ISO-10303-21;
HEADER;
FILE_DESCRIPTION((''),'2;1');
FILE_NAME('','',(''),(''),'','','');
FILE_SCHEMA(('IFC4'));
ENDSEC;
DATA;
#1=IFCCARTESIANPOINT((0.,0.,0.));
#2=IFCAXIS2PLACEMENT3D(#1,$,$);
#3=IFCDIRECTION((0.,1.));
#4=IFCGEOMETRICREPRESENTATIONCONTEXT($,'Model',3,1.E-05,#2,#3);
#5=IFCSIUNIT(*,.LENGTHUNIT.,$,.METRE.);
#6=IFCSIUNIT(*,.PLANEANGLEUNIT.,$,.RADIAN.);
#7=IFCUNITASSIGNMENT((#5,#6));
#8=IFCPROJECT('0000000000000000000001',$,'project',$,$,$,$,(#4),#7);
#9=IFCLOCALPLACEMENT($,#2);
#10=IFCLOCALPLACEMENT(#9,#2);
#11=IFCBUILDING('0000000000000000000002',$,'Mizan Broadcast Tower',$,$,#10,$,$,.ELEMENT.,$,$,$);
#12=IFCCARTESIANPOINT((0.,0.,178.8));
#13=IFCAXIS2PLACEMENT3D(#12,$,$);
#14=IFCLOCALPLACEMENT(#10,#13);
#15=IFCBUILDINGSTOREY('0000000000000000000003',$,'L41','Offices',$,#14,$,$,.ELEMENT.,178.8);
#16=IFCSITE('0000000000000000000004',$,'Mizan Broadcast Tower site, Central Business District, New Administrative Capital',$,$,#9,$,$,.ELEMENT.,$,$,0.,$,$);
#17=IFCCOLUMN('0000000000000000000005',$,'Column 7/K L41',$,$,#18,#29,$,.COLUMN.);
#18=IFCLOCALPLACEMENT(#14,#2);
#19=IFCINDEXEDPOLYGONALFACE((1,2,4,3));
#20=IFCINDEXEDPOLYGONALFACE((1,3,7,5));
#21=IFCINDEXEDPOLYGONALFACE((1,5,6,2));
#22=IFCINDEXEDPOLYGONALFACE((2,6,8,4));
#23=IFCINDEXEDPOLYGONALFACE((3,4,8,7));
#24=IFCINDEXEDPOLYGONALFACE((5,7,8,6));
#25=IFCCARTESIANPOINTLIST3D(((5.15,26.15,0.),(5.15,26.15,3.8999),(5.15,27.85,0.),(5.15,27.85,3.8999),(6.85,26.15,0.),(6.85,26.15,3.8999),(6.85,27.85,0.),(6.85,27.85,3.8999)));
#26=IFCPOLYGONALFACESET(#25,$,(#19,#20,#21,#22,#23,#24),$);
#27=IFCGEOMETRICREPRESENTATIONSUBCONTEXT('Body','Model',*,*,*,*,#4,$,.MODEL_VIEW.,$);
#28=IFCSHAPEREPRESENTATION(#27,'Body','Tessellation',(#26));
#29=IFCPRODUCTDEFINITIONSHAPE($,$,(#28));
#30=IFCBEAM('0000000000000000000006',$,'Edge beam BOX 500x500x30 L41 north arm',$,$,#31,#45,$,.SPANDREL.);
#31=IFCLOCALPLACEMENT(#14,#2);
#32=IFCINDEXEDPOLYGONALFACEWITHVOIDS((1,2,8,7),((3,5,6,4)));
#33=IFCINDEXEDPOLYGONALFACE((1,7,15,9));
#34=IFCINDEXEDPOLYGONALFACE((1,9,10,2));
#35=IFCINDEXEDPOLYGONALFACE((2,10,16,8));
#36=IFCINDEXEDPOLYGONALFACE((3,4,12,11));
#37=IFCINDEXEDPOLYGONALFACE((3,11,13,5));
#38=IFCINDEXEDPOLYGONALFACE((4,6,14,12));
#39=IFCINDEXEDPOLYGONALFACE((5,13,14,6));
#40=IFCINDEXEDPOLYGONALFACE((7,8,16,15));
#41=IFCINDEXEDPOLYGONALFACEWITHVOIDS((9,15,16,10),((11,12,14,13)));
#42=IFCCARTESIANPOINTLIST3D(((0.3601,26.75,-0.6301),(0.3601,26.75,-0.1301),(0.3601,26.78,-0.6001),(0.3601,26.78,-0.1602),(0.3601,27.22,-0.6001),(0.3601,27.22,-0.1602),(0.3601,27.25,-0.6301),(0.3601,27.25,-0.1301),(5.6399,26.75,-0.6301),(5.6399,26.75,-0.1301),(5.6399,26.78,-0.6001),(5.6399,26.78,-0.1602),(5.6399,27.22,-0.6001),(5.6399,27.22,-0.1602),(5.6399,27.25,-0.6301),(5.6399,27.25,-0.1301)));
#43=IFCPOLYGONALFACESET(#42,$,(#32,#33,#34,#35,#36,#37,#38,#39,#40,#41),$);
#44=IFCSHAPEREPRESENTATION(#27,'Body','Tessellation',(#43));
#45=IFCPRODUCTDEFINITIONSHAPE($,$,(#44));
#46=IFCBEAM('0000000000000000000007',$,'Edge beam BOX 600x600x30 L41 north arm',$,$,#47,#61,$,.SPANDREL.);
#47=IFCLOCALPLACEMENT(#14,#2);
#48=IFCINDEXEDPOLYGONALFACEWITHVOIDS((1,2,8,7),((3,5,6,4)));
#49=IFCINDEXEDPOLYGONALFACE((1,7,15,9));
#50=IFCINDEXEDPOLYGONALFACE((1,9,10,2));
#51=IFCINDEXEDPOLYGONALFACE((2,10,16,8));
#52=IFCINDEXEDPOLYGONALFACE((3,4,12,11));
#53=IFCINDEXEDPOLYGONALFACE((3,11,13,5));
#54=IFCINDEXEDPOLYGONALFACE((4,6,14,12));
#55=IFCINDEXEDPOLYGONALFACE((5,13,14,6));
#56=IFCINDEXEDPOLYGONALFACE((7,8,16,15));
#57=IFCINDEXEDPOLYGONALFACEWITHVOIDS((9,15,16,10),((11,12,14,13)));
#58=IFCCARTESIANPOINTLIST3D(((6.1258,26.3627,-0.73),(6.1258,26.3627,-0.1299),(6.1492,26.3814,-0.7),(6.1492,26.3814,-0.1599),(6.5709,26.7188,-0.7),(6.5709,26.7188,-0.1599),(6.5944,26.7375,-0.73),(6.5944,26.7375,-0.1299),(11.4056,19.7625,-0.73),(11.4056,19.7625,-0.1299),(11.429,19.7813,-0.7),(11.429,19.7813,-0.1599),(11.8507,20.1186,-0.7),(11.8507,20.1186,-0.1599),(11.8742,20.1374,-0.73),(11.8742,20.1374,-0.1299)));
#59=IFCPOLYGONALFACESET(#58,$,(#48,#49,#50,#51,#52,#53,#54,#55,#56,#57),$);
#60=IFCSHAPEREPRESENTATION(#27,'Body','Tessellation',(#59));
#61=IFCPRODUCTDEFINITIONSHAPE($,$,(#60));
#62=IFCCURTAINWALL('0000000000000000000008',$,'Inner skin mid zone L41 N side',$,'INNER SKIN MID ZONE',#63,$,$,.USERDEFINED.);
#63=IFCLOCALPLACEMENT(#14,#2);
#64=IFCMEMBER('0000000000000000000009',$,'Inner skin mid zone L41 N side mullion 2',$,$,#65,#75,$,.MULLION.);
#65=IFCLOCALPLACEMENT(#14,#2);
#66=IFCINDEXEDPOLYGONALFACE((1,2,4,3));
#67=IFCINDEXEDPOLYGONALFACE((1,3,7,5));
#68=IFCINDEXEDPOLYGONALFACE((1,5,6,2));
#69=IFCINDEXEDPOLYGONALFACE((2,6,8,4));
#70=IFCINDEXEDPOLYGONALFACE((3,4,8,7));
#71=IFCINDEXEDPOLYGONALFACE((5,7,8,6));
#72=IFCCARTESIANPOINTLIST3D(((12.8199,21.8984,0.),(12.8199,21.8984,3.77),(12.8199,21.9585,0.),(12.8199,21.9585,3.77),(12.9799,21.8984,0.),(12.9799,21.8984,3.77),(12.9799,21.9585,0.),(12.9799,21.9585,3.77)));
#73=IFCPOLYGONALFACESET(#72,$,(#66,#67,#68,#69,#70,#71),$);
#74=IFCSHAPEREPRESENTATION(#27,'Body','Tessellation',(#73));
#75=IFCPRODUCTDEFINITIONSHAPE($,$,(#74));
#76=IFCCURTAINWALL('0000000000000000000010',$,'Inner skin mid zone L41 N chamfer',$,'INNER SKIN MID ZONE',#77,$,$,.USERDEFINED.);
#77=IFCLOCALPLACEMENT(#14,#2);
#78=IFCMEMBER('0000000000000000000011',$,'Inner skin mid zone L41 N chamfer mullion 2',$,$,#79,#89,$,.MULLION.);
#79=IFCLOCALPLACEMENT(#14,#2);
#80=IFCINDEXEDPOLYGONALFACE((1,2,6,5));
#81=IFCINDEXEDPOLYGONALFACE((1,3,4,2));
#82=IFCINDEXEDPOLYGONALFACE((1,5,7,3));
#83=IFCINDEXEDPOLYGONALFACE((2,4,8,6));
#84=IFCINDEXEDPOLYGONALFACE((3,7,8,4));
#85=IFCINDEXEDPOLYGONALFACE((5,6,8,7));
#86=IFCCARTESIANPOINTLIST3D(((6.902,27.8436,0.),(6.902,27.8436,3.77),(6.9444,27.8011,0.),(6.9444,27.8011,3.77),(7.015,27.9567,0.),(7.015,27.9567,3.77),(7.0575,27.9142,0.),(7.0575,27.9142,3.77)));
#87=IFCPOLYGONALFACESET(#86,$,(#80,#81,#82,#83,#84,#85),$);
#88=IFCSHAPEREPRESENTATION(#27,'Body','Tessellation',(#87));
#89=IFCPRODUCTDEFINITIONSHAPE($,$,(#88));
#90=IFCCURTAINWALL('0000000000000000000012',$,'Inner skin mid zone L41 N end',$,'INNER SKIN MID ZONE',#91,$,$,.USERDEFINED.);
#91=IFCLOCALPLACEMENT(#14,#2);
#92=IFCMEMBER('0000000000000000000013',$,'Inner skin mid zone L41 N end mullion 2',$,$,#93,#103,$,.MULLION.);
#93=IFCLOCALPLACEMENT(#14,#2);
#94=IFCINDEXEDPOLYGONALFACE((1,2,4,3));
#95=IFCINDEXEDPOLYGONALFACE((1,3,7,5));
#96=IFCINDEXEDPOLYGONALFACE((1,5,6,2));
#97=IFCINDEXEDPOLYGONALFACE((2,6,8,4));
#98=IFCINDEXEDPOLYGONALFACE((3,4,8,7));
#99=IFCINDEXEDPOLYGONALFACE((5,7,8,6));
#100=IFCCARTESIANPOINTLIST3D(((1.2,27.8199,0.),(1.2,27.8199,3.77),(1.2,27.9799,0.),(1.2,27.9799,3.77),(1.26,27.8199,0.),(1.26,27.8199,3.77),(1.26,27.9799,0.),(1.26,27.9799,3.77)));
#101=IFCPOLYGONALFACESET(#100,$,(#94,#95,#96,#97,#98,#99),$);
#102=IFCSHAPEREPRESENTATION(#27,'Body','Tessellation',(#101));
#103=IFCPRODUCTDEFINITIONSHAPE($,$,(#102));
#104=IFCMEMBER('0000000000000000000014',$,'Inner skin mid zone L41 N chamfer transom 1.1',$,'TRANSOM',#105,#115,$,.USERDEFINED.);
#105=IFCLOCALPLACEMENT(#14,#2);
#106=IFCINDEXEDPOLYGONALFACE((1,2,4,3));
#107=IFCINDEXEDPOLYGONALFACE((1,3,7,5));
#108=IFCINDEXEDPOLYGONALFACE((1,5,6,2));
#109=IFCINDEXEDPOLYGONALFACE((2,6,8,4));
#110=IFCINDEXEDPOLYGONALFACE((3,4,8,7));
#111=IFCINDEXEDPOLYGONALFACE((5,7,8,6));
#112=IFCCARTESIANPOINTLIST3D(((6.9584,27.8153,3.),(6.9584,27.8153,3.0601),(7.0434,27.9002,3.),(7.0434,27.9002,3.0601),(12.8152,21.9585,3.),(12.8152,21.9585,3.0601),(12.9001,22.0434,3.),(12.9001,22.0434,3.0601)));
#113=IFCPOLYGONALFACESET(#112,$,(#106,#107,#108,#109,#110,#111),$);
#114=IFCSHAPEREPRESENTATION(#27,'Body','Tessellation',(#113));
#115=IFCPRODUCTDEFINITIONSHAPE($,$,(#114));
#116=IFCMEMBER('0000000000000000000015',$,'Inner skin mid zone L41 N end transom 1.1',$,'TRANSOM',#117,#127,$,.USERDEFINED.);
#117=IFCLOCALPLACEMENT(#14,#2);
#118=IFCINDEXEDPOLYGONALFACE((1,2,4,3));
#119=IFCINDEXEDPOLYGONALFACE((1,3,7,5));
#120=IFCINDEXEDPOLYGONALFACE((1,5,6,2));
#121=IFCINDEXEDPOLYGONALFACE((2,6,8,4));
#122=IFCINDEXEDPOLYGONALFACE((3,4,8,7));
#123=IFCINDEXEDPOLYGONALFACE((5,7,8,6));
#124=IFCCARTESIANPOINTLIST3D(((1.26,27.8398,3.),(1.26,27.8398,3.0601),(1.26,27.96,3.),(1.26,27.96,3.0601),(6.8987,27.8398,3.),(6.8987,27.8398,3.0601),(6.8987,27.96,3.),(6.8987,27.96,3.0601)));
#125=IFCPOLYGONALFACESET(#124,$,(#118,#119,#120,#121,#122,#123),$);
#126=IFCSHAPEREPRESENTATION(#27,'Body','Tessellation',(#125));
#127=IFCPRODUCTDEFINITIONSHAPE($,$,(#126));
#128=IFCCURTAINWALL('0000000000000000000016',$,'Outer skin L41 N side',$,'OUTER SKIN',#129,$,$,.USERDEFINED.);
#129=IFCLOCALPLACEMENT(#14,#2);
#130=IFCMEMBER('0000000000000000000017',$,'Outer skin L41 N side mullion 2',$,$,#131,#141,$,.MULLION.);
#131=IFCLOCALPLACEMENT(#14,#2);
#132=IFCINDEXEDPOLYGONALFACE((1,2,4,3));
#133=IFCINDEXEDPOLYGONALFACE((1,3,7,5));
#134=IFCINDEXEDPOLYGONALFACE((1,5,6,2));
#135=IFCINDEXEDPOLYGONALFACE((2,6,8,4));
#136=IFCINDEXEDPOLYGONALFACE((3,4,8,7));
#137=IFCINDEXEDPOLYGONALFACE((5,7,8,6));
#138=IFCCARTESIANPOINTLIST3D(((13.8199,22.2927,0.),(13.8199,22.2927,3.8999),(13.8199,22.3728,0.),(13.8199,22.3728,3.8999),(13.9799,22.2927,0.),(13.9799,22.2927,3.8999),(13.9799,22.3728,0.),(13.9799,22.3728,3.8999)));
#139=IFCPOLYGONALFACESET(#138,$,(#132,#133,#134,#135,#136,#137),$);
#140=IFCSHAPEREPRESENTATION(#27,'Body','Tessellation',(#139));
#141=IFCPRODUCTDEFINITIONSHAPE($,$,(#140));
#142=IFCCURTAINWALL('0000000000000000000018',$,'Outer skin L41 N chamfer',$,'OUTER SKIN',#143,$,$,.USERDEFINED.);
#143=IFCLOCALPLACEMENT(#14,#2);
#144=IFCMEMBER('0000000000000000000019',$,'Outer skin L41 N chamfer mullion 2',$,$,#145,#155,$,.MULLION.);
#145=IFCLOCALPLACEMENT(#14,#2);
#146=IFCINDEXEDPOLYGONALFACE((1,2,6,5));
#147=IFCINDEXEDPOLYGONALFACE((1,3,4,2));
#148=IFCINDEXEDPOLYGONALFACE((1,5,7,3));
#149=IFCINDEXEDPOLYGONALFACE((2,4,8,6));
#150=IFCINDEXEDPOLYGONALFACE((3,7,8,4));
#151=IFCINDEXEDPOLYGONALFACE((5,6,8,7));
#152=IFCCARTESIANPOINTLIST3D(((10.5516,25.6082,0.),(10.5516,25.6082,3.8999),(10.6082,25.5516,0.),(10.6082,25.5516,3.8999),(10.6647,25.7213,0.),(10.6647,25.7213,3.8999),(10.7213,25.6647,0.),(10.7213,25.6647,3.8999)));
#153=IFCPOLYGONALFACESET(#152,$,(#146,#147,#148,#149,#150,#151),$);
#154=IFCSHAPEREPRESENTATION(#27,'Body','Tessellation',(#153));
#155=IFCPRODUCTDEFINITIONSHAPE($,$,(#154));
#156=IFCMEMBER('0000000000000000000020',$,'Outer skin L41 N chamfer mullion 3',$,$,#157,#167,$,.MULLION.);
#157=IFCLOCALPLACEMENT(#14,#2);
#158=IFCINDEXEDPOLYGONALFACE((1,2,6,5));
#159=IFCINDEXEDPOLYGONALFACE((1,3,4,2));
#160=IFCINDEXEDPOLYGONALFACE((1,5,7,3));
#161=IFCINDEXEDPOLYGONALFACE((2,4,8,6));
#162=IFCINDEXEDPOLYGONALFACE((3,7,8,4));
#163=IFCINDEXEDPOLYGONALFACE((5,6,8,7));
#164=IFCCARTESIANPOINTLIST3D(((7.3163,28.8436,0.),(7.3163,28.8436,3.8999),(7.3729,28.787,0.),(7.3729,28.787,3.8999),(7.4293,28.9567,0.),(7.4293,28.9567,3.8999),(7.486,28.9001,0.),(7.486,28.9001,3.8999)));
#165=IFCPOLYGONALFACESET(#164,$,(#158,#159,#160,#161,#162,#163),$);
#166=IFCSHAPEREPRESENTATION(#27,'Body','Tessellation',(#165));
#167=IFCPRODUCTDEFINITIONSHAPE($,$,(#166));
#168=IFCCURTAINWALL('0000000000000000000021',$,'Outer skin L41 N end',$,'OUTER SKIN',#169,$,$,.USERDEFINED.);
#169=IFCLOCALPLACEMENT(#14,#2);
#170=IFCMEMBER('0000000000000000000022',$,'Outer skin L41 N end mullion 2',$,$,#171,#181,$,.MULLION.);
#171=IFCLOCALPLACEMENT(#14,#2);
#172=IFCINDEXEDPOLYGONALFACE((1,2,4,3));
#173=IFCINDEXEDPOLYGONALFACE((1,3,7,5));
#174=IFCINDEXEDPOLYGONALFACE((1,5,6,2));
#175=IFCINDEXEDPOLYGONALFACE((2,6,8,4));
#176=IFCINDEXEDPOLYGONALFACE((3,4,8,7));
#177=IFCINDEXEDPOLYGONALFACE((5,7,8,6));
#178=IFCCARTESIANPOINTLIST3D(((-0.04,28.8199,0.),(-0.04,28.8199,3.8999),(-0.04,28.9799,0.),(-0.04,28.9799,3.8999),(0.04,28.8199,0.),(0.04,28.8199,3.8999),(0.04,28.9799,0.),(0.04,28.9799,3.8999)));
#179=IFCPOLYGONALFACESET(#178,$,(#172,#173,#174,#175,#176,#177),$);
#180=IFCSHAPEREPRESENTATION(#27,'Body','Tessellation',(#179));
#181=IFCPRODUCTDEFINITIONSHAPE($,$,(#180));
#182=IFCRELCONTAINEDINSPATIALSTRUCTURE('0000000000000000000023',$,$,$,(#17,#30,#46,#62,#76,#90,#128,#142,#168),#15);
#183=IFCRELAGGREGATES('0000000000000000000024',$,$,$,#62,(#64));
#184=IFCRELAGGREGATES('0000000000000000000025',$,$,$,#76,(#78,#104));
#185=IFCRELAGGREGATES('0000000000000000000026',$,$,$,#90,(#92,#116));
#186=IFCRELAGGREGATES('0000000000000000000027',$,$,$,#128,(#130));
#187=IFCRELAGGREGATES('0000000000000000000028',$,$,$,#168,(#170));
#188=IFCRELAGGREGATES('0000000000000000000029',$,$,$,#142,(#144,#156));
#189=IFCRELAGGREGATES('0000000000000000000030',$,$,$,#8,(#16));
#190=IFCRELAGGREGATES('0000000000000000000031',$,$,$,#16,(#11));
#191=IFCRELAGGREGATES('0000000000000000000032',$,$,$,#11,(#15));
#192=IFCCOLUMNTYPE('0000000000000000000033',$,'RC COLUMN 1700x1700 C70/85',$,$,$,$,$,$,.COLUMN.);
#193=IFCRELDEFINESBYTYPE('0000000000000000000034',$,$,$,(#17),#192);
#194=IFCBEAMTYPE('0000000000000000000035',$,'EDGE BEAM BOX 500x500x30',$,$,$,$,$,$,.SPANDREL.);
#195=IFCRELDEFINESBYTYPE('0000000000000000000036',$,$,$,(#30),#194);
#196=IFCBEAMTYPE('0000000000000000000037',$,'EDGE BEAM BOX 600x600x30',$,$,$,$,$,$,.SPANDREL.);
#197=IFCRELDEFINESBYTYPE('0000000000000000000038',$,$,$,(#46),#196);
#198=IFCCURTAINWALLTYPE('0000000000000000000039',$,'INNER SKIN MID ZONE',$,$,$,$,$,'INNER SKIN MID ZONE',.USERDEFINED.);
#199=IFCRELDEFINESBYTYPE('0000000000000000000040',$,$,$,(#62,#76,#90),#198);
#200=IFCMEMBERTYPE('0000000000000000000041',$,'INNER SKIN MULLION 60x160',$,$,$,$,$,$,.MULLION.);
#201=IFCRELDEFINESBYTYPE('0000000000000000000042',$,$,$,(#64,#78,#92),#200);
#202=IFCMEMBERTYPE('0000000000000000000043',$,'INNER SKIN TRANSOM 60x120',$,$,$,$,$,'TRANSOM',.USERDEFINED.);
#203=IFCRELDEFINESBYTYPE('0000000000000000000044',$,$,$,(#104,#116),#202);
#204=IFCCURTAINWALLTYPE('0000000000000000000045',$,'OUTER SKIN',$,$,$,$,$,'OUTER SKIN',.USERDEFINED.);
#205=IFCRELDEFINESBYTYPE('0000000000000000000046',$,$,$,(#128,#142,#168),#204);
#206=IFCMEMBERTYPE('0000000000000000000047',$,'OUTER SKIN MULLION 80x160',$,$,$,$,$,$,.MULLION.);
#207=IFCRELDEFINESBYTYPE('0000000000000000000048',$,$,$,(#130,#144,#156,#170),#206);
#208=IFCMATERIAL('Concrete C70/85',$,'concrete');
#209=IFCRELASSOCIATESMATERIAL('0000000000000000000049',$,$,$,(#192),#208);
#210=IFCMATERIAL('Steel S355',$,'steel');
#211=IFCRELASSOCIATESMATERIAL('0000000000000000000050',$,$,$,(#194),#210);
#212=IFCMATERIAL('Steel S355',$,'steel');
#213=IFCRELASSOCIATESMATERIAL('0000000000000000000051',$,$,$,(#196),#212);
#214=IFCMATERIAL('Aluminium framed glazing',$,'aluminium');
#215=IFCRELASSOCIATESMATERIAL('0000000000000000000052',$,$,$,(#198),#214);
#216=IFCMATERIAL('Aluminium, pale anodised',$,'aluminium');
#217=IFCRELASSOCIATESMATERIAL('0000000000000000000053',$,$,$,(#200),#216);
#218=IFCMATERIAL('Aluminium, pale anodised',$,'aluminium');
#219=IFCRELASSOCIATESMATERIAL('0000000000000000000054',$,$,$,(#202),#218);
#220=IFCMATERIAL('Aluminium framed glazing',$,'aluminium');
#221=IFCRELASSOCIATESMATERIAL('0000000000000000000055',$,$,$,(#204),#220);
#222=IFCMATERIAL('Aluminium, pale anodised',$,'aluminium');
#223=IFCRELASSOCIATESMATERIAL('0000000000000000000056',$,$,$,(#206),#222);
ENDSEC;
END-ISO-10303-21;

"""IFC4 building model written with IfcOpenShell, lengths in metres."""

from ifc_helpers import new_model, si_unit, direction, frame, origin, origin_2d, place, context, subcontext, project, spatial, rectangle, hollow_rectangle, extrude, material, material_profile, profile_set, type_object, element, aggregate, save


model = new_model("IFC4")

# Units and contexts
model_context = context("Model", 3, precision=1e-05, world=origin(), true_north=direction((0.0, 1.0)))
body_context = subcontext(model_context, "Body", "Model", "MODEL_VIEW")
ifc_project = project(units=[si_unit("LENGTHUNIT", "METRE"), si_unit("PLANEANGLEUNIT", "RADIAN")], contexts=[model_context])

# Site, building, storey
site_placement = place(None, origin())
site = spatial("IfcSite", under=ifc_project, at=site_placement, Name="Mizan Broadcast Tower site, Central Business District, New Administrative Capital", CompositionType="ELEMENT", RefElevation=0.0)
building_placement = place(site_placement, origin())
building = spatial("IfcBuilding", under=site, at=building_placement, Name="Mizan Broadcast Tower", CompositionType="ELEMENT")
storey_placement = place(building_placement, frame((0.0, 0.0, 178.8)))
storey = spatial("IfcBuildingStorey", under=building, at=storey_placement, Name="L41", Description="Offices", CompositionType="ELEMENT", Elevation=178.8)

# Column
ifc_material_1 = material(Name="Concrete C70/85", Category="concrete")
ifc_material_profile_1 = material_profile(ifc_material_1, rectangle(XDim=1.7, YDim=1.7, at=origin_2d()), Name="RC 1700x1700")
ifc_profile_set_1 = profile_set([ifc_material_profile_1], Name="Concrete C70/85")
column_type = type_object("IfcColumnType", Name="RC COLUMN 1700x1700 C70/85", PredefinedType="COLUMN", material=ifc_profile_set_1)
column_placement = place(storey_placement, frame((6.0, 27.0, 0.0), z_axis=(0.0, 0.0, 1.0), x_axis=(1.0, 0.0, 0.0)))
element("IfcColumn", 1, at=column_placement, inside=storey, type_object=column_type, Name="Column 7/K L41", PredefinedType="COLUMN", context=body_context, shape_type="SweptSolid", body=[
    extrude(rectangle(XDim=1.7, YDim=1.7, at=origin_2d()), origin(), (0.0, 0.0, 1.0), 3.8999),
])

# Beams
ifc_material_2 = material(Name="Steel S355", Category="steel")
ifc_material_profile_2 = material_profile(ifc_material_2, hollow_rectangle(XDim=0.5, YDim=0.5, WallThickness=0.03, at=origin_2d()), Name="BOX 500x500x30")
ifc_profile_set_2 = profile_set([ifc_material_profile_2], Name="Steel S355")
beam_type_1 = type_object("IfcBeamType", Name="EDGE BEAM BOX 500x500x30", PredefinedType="SPANDREL", material=ifc_profile_set_2)
beam_1_placement = place(storey_placement, frame((5.6399, 27.0, -0.3801), z_axis=(-1.0, 0.0, 0.0), x_axis=(0.0, -1.0, 0.0)))
element("IfcBeam", 2, at=beam_1_placement, inside=storey, type_object=beam_type_1, Name="Edge beam BOX 500x500x30 L41 north arm", PredefinedType="SPANDREL", context=body_context, shape_type="SweptSolid", body=[
    extrude(hollow_rectangle(XDim=0.5, YDim=0.5, WallThickness=0.03, at=origin_2d()), origin(), (0.0, 0.0, 1.0), 5.2798),
])
ifc_material_3 = material(Name="Steel S355", Category="steel")
ifc_material_profile_3 = material_profile(ifc_material_3, hollow_rectangle(XDim=0.6001, YDim=0.6001, WallThickness=0.03, at=origin_2d()), Name="BOX 600x600x30")
ifc_profile_set_3 = profile_set([ifc_material_profile_3], Name="Steel S355")
beam_type_2 = type_object("IfcBeamType", Name="EDGE BEAM BOX 600x600x30", PredefinedType="SPANDREL", material=ifc_profile_set_3)
beam_2_placement = place(storey_placement, frame((11.6399, 19.95, -0.4299), z_axis=(-0.624674, 0.780886, 0.0), x_axis=(-0.780886, -0.624674, 0.0)))
element("IfcBeam", 3, at=beam_2_placement, inside=storey, type_object=beam_type_2, Name="Edge beam BOX 600x600x30 L41 north arm", PredefinedType="SPANDREL", context=body_context, shape_type="SweptSolid", body=[
    extrude(hollow_rectangle(XDim=0.6001, YDim=0.6001, WallThickness=0.03, at=origin_2d()), origin(), (0.0, 0.0, 1.0), 8.4521),
])

# Curtain walls, members
ifc_material_4 = material(Name="Aluminium framed glazing", Category="aluminium")
curtain_wall_type_1 = type_object("IfcCurtainWallType", Name="INNER SKIN MID ZONE", ElementType="INNER SKIN MID ZONE", PredefinedType="USERDEFINED", material=ifc_material_4)
curtain_wall_1_placement = place(storey_placement, origin())
curtain_wall_1 = element("IfcCurtainWall", 4, at=curtain_wall_1_placement, inside=storey, type_object=curtain_wall_type_1, Name="Inner skin mid zone L41 N side", ObjectType="INNER SKIN MID ZONE", PredefinedType="USERDEFINED")
ifc_material_5 = material(Name="Aluminium, pale anodised", Category="aluminium")
ifc_material_profile_4 = material_profile(ifc_material_5, rectangle(XDim=0.1599, YDim=0.0601, at=origin_2d()), Name="MULLION 160x60")
ifc_profile_set_4 = profile_set([ifc_material_profile_4], Name="Aluminium, pale anodised")
member_type_1 = type_object("IfcMemberType", Name="INNER SKIN MULLION 60x160", PredefinedType="MULLION", material=ifc_profile_set_4)
member_1_placement = place(storey_placement, frame((12.8999, 21.9285, 0.0), z_axis=(0.0, 0.0, 1.0), x_axis=(-1.0, 0.0, 0.0)))
member_1 = element("IfcMember", 5, at=member_1_placement, type_object=member_type_1, Name="Inner skin mid zone L41 N side mullion 2", PredefinedType="MULLION", context=body_context, shape_type="SweptSolid", body=[
    extrude(rectangle(XDim=0.1599, YDim=0.0601, at=origin_2d()), origin(), (0.0, 0.0, 1.0), 3.77),
])
curtain_wall_2_placement = place(storey_placement, origin())
curtain_wall_2 = element("IfcCurtainWall", 6, at=curtain_wall_2_placement, inside=storey, type_object=curtain_wall_type_1, Name="Inner skin mid zone L41 N chamfer", ObjectType="INNER SKIN MID ZONE", PredefinedType="USERDEFINED")
member_2_placement = place(storey_placement, frame((6.9797, 27.8789, 0.0), z_axis=(0.0, 0.0, 1.0), x_axis=(-0.707107, -0.707107, 0.0)))
member_2 = element("IfcMember", 7, at=member_2_placement, type_object=member_type_1, Name="Inner skin mid zone L41 N chamfer mullion 2", PredefinedType="MULLION", context=body_context, shape_type="SweptSolid", body=[
    extrude(rectangle(XDim=0.1599, YDim=0.0601, at=origin_2d()), origin(), (0.0, 0.0, 1.0), 3.77),
])
curtain_wall_3_placement = place(storey_placement, origin())
curtain_wall_3 = element("IfcCurtainWall", 8, at=curtain_wall_3_placement, inside=storey, type_object=curtain_wall_type_1, Name="Inner skin mid zone L41 N end", ObjectType="INNER SKIN MID ZONE", PredefinedType="USERDEFINED")
member_3_placement = place(storey_placement, frame((1.23, 27.8999, 0.0), z_axis=(0.0, 0.0, 1.0), x_axis=(0.0, -1.0, 0.0)))
member_3 = element("IfcMember", 9, at=member_3_placement, type_object=member_type_1, Name="Inner skin mid zone L41 N end mullion 2", PredefinedType="MULLION", context=body_context, shape_type="SweptSolid", body=[
    extrude(rectangle(XDim=0.1599, YDim=0.0601, at=origin_2d()), origin(), (0.0, 0.0, 1.0), 3.77),
])

# Members
ifc_material_6 = material(Name="Aluminium, pale anodised", Category="aluminium")
ifc_material_profile_5 = material_profile(ifc_material_6, rectangle(XDim=0.1201, YDim=0.0601, at=origin_2d()), Name="TRANSOM 120x60")
ifc_profile_set_5 = profile_set([ifc_material_profile_5], Name="Aluminium, pale anodised")
member_type_2 = type_object("IfcMemberType", Name="INNER SKIN TRANSOM 60x120", ElementType="TRANSOM", PredefinedType="USERDEFINED", material=ifc_profile_set_5)
member_4_placement = place(storey_placement, frame((12.8577, 22.001, 3.03), z_axis=(-0.707107, 0.707107, 0.0), x_axis=(-0.707107, -0.707107, 0.0)))
member_4 = element("IfcMember", 10, at=member_4_placement, type_object=member_type_2, Name="Inner skin mid zone L41 N chamfer transom 1.1", ObjectType="TRANSOM", PredefinedType="USERDEFINED", context=body_context, shape_type="SweptSolid", body=[
    extrude(rectangle(XDim=0.1201, YDim=0.0601, at=origin_2d()), origin(), (0.0, 0.0, 1.0), 8.2827),
])
member_5_placement = place(storey_placement, frame((6.8987, 27.8999, 3.03), z_axis=(-1.0, 0.0, 0.0), x_axis=(0.0, -1.0, 0.0)))
member_5 = element("IfcMember", 11, at=member_5_placement, type_object=member_type_2, Name="Inner skin mid zone L41 N end transom 1.1", ObjectType="TRANSOM", PredefinedType="USERDEFINED", context=body_context, shape_type="SweptSolid", body=[
    extrude(rectangle(XDim=0.1201, YDim=0.0601, at=origin_2d()), origin(), (0.0, 0.0, 1.0), 5.6387),
])

# Curtain wall, member
ifc_material_7 = material(Name="Aluminium framed glazing", Category="aluminium")
curtain_wall_type_2 = type_object("IfcCurtainWallType", Name="OUTER SKIN", ElementType="OUTER SKIN", PredefinedType="USERDEFINED", material=ifc_material_7)
curtain_wall_4_placement = place(storey_placement, origin())
curtain_wall_4 = element("IfcCurtainWall", 12, at=curtain_wall_4_placement, inside=storey, type_object=curtain_wall_type_2, Name="Outer skin L41 N side", ObjectType="OUTER SKIN", PredefinedType="USERDEFINED")
ifc_material_8 = material(Name="Aluminium, pale anodised", Category="aluminium")
ifc_material_profile_6 = material_profile(ifc_material_8, rectangle(XDim=0.1599, YDim=0.0801, at=origin_2d()), Name="MULLION 160x80")
ifc_profile_set_6 = profile_set([ifc_material_profile_6], Name="Aluminium, pale anodised")
member_type_3 = type_object("IfcMemberType", Name="OUTER SKIN MULLION 80x160", PredefinedType="MULLION", material=ifc_profile_set_6)
member_6_placement = place(storey_placement, frame((13.8999, 22.3328, 0.0), z_axis=(0.0, 0.0, 1.0), x_axis=(-1.0, 0.0, 0.0)))
member_6 = element("IfcMember", 13, at=member_6_placement, type_object=member_type_3, Name="Outer skin L41 N side mullion 2", PredefinedType="MULLION", context=body_context, shape_type="SweptSolid", body=[
    extrude(rectangle(XDim=0.1599, YDim=0.0801, at=origin_2d()), origin(), (0.0, 0.0, 1.0), 3.8999),
])

# Curtain wall, members
curtain_wall_5_placement = place(storey_placement, origin())
curtain_wall_5 = element("IfcCurtainWall", 14, at=curtain_wall_5_placement, inside=storey, type_object=curtain_wall_type_2, Name="Outer skin L41 N chamfer", ObjectType="OUTER SKIN", PredefinedType="USERDEFINED")
member_7_placement = place(storey_placement, frame((10.6365, 25.6365, 0.0), z_axis=(0.0, 0.0, 1.0), x_axis=(-0.707107, -0.707107, 0.0)))
member_7 = element("IfcMember", 15, at=member_7_placement, type_object=member_type_3, Name="Outer skin L41 N chamfer mullion 2", PredefinedType="MULLION", context=body_context, shape_type="SweptSolid", body=[
    extrude(rectangle(XDim=0.1599, YDim=0.0801, at=origin_2d()), origin(), (0.0, 0.0, 1.0), 3.8999),
])
member_8_placement = place(storey_placement, frame((7.4011, 28.8718, 0.0), z_axis=(0.0, 0.0, 1.0), x_axis=(-0.707107, -0.707107, 0.0)))
member_8 = element("IfcMember", 16, at=member_8_placement, type_object=member_type_3, Name="Outer skin L41 N chamfer mullion 3", PredefinedType="MULLION", context=body_context, shape_type="SweptSolid", body=[
    extrude(rectangle(XDim=0.1599, YDim=0.0801, at=origin_2d()), origin(), (0.0, 0.0, 1.0), 3.8999),
])

# Curtain wall, member
curtain_wall_6_placement = place(storey_placement, origin())
curtain_wall_6 = element("IfcCurtainWall", 17, at=curtain_wall_6_placement, inside=storey, type_object=curtain_wall_type_2, Name="Outer skin L41 N end", ObjectType="OUTER SKIN", PredefinedType="USERDEFINED")
member_9_placement = place(storey_placement, frame((0.0, 28.8999, 0.0), z_axis=(0.0, 0.0, 1.0), x_axis=(0.0, -1.0, 0.0)))
member_9 = element("IfcMember", 18, at=member_9_placement, type_object=member_type_3, Name="Outer skin L41 N end mullion 2", PredefinedType="MULLION", context=body_context, shape_type="SweptSolid", body=[
    extrude(rectangle(XDim=0.1599, YDim=0.0801, at=origin_2d()), origin(), (0.0, 0.0, 1.0), 3.8999),
])

aggregate(curtain_wall_1, [member_1])
aggregate(curtain_wall_2, [member_2, member_4])
aggregate(curtain_wall_3, [member_3, member_5])
aggregate(curtain_wall_4, [member_6])
aggregate(curtain_wall_6, [member_9])
aggregate(curtain_wall_5, [member_7, member_8])

save(model, "model.ifc")
